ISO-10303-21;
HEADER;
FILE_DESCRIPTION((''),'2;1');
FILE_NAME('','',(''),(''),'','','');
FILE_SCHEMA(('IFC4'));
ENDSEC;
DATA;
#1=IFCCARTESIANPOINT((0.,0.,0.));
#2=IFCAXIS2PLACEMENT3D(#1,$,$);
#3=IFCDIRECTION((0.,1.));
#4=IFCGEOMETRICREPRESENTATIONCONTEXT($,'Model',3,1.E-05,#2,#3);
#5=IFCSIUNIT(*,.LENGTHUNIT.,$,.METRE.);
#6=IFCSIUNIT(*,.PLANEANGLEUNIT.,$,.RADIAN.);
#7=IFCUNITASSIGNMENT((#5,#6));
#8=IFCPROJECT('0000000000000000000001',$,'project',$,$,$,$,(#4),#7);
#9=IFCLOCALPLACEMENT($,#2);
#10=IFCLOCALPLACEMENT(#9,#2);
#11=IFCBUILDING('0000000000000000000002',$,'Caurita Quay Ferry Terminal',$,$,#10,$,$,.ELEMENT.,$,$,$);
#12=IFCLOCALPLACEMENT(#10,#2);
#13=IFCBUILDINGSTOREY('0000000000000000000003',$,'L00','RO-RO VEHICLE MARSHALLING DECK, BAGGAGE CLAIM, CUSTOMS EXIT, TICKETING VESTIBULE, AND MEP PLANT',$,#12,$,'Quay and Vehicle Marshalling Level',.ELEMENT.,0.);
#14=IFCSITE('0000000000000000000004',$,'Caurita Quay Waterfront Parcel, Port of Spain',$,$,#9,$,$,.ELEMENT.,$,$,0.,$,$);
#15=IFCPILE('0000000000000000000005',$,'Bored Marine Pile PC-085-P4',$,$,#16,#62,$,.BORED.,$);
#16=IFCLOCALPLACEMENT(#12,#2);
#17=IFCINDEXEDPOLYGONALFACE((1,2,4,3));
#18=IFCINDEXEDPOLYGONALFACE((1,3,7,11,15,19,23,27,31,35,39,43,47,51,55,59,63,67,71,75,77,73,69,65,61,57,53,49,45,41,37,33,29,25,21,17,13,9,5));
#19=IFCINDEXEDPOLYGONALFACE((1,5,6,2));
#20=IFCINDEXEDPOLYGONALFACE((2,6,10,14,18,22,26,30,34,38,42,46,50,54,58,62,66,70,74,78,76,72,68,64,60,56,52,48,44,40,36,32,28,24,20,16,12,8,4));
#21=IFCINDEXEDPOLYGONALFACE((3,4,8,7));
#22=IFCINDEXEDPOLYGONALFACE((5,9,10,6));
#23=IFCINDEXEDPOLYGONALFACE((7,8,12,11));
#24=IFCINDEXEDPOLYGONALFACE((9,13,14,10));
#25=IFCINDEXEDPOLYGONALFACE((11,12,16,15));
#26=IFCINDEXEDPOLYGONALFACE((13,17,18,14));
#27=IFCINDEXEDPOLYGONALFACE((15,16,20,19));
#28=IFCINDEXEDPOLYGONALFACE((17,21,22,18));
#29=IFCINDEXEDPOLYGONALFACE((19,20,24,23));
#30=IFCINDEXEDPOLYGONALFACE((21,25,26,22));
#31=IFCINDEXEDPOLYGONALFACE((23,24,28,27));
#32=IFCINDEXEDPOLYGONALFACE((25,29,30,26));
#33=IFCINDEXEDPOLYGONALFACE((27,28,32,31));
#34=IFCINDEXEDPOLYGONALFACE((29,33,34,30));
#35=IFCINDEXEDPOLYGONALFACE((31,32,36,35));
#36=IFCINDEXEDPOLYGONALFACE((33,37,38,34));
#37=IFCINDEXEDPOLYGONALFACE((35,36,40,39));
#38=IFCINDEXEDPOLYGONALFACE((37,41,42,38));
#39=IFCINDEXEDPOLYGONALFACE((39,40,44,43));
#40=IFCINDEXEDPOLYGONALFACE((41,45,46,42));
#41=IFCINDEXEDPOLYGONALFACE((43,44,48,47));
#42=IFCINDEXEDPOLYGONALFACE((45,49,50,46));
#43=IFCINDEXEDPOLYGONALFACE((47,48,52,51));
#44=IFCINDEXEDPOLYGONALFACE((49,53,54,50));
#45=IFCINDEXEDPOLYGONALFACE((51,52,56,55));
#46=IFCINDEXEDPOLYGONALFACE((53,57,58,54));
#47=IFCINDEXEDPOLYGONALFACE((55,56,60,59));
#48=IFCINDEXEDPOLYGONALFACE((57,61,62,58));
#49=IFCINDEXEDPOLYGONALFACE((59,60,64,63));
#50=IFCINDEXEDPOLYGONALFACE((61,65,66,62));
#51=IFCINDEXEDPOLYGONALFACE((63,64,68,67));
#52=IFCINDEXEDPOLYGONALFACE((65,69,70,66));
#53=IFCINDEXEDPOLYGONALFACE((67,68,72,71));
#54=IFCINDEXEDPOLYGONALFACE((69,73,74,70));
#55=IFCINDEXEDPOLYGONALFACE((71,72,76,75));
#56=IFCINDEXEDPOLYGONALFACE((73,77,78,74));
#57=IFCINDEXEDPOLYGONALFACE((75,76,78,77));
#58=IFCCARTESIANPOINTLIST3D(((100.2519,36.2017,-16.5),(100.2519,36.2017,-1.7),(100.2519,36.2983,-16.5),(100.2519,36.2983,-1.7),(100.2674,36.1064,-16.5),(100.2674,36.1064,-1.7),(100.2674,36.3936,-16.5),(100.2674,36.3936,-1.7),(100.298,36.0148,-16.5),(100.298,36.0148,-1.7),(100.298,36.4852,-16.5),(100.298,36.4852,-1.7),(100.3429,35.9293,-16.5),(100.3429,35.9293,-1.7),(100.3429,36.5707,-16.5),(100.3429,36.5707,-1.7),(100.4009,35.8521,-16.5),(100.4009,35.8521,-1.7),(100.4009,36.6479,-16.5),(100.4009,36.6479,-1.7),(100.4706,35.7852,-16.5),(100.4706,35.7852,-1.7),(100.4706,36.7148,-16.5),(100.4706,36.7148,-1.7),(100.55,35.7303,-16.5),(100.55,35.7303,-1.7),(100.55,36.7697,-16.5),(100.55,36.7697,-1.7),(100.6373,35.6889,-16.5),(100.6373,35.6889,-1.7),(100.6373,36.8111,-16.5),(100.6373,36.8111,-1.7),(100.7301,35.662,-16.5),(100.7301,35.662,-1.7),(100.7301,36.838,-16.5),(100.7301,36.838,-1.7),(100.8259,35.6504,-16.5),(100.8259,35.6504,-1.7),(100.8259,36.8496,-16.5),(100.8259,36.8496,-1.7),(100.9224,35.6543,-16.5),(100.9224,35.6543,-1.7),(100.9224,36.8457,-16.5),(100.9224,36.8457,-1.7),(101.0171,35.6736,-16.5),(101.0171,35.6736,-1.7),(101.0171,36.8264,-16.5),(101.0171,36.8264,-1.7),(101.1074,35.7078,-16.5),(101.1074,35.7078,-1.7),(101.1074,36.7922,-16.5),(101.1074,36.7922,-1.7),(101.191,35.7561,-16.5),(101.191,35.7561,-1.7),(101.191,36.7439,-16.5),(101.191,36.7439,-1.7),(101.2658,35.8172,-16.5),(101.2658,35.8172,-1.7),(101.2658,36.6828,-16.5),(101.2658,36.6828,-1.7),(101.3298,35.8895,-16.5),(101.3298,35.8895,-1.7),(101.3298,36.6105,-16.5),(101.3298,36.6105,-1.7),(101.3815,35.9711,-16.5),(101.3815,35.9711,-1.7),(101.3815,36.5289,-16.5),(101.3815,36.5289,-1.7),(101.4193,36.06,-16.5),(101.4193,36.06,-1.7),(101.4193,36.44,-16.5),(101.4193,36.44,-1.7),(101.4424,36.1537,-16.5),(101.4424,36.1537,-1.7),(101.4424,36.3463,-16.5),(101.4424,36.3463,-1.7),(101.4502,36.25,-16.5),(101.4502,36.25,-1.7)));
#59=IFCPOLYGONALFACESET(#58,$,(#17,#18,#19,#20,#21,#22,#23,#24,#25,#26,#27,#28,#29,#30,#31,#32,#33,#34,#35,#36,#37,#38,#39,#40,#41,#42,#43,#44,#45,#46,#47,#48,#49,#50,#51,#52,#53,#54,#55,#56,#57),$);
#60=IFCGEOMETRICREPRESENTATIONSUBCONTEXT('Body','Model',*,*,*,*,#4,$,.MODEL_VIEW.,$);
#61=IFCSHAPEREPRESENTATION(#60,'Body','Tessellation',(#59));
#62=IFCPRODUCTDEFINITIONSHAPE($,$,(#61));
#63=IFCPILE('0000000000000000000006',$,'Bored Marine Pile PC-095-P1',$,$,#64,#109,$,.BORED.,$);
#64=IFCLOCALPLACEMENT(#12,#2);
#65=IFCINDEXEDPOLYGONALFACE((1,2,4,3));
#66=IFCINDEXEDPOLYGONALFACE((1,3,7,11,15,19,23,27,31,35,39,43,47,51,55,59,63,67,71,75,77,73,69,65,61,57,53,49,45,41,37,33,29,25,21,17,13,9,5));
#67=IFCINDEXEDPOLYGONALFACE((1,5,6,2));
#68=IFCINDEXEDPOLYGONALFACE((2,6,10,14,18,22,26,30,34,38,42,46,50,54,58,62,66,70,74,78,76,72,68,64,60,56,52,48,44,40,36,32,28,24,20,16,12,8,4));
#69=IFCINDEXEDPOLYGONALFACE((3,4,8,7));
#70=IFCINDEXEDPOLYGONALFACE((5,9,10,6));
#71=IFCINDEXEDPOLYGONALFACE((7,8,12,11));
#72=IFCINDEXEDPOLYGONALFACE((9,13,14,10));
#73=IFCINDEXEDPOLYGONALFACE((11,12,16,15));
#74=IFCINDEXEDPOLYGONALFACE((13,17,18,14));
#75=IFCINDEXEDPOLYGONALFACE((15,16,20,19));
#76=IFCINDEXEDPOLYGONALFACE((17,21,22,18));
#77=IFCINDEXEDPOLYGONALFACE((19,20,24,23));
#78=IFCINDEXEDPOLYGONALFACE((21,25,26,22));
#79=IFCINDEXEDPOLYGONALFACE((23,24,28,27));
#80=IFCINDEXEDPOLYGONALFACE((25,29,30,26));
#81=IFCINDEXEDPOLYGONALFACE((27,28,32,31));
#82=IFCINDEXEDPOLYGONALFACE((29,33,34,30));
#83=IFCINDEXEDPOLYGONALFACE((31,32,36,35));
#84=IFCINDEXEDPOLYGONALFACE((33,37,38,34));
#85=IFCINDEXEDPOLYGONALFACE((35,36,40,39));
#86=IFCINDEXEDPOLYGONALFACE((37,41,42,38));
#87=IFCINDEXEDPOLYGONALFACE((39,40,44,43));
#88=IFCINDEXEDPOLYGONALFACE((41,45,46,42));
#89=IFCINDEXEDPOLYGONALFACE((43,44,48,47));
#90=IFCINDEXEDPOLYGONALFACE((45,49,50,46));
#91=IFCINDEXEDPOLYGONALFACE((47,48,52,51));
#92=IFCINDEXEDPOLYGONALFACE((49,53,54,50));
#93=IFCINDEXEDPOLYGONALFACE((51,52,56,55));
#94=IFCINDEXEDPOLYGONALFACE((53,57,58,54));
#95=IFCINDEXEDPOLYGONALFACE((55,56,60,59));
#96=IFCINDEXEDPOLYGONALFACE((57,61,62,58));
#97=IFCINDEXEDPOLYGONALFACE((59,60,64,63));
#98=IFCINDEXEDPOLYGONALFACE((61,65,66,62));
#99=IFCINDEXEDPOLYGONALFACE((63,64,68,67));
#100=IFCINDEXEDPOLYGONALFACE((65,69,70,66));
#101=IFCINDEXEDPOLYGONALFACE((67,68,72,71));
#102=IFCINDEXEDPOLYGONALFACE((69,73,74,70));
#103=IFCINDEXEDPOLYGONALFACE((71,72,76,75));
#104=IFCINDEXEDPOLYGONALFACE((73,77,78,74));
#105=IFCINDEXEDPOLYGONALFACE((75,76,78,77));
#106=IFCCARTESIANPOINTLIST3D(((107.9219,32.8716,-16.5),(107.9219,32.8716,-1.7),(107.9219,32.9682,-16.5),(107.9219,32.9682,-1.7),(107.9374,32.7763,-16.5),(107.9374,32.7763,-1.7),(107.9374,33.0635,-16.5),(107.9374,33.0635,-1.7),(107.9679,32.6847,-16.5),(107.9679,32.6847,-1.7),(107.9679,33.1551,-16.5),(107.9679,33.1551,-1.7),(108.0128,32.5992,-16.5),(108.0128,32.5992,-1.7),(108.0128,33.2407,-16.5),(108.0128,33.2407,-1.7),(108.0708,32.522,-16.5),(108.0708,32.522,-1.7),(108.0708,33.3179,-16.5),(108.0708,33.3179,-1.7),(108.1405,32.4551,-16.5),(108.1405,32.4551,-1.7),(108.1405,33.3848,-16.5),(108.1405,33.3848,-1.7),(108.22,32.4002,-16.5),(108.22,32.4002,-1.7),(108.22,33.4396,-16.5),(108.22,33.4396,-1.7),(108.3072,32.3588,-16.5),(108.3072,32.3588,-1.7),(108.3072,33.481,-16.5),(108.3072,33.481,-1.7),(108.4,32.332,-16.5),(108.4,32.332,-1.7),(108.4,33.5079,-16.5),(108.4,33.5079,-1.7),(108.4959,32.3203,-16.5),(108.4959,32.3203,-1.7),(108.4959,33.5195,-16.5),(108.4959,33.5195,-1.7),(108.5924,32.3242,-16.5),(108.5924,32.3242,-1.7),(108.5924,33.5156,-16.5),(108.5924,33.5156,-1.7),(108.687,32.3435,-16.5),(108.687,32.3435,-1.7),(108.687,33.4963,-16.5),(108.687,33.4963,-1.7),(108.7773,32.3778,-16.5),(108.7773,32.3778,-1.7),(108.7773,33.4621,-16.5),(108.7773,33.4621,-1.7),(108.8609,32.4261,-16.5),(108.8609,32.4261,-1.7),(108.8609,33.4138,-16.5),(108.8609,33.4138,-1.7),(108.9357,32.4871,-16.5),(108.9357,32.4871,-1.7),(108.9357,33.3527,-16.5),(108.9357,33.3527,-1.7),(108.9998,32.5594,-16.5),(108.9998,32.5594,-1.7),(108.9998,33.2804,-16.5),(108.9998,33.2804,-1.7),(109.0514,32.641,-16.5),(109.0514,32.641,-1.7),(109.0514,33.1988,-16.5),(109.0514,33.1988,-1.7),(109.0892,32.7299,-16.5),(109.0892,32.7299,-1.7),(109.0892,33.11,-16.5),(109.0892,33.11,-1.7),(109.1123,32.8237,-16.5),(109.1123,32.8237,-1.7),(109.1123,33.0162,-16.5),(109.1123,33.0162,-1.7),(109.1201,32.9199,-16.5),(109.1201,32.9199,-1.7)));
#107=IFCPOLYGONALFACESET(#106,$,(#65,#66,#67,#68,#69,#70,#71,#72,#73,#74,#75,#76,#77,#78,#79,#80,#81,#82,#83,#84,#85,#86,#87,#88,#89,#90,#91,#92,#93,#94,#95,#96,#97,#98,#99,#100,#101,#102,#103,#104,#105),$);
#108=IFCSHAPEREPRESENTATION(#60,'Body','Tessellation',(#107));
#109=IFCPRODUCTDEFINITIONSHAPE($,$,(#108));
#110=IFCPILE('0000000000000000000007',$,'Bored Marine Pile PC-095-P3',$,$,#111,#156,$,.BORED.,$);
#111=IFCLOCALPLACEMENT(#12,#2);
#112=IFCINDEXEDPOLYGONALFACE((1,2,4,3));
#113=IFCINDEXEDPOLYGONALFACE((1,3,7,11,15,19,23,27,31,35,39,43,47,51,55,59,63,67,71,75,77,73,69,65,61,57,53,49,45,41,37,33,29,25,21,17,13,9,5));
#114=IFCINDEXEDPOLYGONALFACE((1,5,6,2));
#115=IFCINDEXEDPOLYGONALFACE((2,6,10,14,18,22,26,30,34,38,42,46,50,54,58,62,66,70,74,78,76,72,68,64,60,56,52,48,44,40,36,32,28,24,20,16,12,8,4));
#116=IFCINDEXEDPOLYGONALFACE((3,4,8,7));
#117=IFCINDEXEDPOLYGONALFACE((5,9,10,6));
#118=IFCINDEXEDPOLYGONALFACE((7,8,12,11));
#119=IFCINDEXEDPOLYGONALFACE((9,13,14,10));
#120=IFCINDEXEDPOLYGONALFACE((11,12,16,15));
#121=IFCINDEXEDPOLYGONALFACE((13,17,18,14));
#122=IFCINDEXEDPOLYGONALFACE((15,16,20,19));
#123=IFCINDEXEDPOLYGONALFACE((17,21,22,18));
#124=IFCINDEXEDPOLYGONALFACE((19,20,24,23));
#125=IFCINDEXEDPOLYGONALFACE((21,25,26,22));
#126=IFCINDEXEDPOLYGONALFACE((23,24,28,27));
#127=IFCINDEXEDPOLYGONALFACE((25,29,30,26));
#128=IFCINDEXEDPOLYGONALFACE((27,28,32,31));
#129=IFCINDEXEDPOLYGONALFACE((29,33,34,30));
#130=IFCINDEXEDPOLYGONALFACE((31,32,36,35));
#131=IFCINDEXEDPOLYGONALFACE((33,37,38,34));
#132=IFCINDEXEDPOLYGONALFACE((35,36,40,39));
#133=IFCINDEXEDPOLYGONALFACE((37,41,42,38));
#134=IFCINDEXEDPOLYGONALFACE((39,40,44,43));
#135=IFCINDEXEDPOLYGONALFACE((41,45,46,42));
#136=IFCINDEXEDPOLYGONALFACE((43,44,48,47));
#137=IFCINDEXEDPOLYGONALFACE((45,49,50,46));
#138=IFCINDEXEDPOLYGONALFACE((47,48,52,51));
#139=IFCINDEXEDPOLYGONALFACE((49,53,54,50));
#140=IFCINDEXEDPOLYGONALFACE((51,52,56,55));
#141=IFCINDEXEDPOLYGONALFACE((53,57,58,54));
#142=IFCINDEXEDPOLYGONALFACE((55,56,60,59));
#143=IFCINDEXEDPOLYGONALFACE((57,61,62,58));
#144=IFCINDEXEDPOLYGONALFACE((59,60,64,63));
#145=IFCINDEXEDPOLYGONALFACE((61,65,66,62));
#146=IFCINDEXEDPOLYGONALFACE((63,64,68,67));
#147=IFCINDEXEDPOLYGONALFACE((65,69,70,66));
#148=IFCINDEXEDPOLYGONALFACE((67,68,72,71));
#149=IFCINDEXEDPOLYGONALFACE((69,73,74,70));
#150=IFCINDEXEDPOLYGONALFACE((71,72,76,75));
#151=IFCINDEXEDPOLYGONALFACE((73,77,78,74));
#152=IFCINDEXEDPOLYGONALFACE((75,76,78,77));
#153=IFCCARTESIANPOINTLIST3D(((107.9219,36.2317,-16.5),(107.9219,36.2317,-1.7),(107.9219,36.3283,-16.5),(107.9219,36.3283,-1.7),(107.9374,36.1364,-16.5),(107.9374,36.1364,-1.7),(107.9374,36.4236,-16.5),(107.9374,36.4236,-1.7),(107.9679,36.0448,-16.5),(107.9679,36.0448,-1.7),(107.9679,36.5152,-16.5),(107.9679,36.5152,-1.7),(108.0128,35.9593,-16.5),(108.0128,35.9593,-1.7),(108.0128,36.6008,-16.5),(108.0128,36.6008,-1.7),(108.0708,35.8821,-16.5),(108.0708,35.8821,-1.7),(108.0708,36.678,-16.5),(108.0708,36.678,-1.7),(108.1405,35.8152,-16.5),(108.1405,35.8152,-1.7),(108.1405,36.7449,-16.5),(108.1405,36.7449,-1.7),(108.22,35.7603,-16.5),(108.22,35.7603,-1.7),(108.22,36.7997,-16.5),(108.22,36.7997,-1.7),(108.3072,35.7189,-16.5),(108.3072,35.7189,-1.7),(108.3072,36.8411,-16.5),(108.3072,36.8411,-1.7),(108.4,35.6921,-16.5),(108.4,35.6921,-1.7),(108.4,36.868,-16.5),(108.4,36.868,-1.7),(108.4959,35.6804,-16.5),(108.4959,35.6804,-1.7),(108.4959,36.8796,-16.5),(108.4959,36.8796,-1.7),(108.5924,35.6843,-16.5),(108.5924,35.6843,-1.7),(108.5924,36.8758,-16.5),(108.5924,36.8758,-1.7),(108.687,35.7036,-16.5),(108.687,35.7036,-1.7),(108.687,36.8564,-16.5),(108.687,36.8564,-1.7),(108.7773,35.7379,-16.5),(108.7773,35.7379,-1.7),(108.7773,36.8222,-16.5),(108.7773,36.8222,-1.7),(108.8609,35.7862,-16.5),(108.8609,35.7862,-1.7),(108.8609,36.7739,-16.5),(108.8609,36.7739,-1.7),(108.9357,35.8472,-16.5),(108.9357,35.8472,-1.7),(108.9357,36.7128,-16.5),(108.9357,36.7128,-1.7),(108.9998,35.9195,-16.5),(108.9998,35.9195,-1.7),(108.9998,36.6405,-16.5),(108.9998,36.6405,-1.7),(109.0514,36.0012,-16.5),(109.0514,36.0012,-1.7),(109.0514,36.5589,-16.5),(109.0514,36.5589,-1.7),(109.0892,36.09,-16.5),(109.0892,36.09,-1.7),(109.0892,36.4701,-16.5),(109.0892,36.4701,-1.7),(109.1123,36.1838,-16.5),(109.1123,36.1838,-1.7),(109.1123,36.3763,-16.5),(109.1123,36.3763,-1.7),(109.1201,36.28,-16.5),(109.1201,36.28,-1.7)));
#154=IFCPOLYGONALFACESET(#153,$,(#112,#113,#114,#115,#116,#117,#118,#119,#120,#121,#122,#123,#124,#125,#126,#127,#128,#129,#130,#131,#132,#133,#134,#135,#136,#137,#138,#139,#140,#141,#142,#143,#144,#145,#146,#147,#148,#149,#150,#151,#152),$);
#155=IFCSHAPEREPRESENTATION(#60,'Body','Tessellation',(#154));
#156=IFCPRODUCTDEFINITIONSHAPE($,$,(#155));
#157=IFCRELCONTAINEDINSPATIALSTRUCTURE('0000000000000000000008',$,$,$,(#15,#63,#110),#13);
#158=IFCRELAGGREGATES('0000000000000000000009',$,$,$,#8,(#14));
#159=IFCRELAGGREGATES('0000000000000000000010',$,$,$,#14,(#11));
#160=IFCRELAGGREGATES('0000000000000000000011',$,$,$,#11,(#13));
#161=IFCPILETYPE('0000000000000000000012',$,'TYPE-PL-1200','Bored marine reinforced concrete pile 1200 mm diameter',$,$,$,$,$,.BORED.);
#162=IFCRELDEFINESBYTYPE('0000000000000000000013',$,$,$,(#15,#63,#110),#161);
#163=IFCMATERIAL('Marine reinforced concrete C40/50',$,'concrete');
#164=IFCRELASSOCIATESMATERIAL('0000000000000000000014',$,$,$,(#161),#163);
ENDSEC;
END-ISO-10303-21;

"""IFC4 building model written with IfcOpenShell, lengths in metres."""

from ifc_helpers import new_model, si_unit, direction, frame, origin, origin_2d, place, context, subcontext, project, spatial, circle, extrude, material, material_profile, profile_set, type_object, element, save


model = new_model("IFC4")

# Units and contexts
model_context = context("Model", 3, precision=1e-05, world=origin(), true_north=direction((0.0, 1.0)))
body_context = subcontext(model_context, "Body", "Model", "MODEL_VIEW")
ifc_project = project(units=[si_unit("LENGTHUNIT", "METRE"), si_unit("PLANEANGLEUNIT", "RADIAN")], contexts=[model_context])

# Site, building, storey
site_placement = place(None, origin())
site = spatial("IfcSite", under=ifc_project, at=site_placement, Name="Caurita Quay Waterfront Parcel, Port of Spain", CompositionType="ELEMENT", RefElevation=0.0)
building_placement = place(site_placement, origin())
building = spatial("IfcBuilding", under=site, at=building_placement, Name="Caurita Quay Ferry Terminal", CompositionType="ELEMENT")
storey_placement = place(building_placement, origin())
storey = spatial("IfcBuildingStorey", under=building, at=storey_placement, Name="L00", Description="RO-RO VEHICLE MARSHALLING DECK, BAGGAGE CLAIM, CUSTOMS EXIT, TICKETING VESTIBULE, AND MEP PLANT", LongName="Quay and Vehicle Marshalling Level", CompositionType="ELEMENT", Elevation=0.0)

# Piles
ifc_material_1 = material(Name="Marine reinforced concrete C40/50", Category="concrete")
ifc_material_profile_1 = material_profile(ifc_material_1, circle(Radius=0.6001, at=origin_2d()), Name="PILE-D1200")
ifc_profile_set_1 = profile_set([ifc_material_profile_1], Name="Marine reinforced concrete C40/50")
pile_type = type_object("IfcPileType", Name="TYPE-PL-1200", Description="Bored marine reinforced concrete pile 1200 mm diameter", PredefinedType="BORED", material=ifc_profile_set_1)
for number, where, z_axis, x_axis, name in (
    (1, (100.8501, 36.25, -1.7), (0.0, 0.0, -1.0), (1.0, 0.0, 0.0), "Bored Marine Pile PC-085-P4"),
    (2, (108.52, 32.9199, -1.7), (0.0, 0.0, -1.0), (1.0, 0.0, 0.0), "Bored Marine Pile PC-095-P1"),
    (3, (108.52, 36.28, -1.7), (0.0, 0.0, -1.0), (1.0, 0.0, 0.0), "Bored Marine Pile PC-095-P3"),
):
    element("IfcPile", number, at=place(storey_placement, frame(where, z_axis=z_axis, x_axis=x_axis)), inside=storey, type_object=pile_type, Name=name, PredefinedType="BORED", context=body_context, shape_type="SweptSolid", body=[
        extrude(circle(Radius=0.6001, at=origin_2d()), origin(), (0.0, 0.0, 1.0), 14.8),
    ])

save(model, "model.ifc")
